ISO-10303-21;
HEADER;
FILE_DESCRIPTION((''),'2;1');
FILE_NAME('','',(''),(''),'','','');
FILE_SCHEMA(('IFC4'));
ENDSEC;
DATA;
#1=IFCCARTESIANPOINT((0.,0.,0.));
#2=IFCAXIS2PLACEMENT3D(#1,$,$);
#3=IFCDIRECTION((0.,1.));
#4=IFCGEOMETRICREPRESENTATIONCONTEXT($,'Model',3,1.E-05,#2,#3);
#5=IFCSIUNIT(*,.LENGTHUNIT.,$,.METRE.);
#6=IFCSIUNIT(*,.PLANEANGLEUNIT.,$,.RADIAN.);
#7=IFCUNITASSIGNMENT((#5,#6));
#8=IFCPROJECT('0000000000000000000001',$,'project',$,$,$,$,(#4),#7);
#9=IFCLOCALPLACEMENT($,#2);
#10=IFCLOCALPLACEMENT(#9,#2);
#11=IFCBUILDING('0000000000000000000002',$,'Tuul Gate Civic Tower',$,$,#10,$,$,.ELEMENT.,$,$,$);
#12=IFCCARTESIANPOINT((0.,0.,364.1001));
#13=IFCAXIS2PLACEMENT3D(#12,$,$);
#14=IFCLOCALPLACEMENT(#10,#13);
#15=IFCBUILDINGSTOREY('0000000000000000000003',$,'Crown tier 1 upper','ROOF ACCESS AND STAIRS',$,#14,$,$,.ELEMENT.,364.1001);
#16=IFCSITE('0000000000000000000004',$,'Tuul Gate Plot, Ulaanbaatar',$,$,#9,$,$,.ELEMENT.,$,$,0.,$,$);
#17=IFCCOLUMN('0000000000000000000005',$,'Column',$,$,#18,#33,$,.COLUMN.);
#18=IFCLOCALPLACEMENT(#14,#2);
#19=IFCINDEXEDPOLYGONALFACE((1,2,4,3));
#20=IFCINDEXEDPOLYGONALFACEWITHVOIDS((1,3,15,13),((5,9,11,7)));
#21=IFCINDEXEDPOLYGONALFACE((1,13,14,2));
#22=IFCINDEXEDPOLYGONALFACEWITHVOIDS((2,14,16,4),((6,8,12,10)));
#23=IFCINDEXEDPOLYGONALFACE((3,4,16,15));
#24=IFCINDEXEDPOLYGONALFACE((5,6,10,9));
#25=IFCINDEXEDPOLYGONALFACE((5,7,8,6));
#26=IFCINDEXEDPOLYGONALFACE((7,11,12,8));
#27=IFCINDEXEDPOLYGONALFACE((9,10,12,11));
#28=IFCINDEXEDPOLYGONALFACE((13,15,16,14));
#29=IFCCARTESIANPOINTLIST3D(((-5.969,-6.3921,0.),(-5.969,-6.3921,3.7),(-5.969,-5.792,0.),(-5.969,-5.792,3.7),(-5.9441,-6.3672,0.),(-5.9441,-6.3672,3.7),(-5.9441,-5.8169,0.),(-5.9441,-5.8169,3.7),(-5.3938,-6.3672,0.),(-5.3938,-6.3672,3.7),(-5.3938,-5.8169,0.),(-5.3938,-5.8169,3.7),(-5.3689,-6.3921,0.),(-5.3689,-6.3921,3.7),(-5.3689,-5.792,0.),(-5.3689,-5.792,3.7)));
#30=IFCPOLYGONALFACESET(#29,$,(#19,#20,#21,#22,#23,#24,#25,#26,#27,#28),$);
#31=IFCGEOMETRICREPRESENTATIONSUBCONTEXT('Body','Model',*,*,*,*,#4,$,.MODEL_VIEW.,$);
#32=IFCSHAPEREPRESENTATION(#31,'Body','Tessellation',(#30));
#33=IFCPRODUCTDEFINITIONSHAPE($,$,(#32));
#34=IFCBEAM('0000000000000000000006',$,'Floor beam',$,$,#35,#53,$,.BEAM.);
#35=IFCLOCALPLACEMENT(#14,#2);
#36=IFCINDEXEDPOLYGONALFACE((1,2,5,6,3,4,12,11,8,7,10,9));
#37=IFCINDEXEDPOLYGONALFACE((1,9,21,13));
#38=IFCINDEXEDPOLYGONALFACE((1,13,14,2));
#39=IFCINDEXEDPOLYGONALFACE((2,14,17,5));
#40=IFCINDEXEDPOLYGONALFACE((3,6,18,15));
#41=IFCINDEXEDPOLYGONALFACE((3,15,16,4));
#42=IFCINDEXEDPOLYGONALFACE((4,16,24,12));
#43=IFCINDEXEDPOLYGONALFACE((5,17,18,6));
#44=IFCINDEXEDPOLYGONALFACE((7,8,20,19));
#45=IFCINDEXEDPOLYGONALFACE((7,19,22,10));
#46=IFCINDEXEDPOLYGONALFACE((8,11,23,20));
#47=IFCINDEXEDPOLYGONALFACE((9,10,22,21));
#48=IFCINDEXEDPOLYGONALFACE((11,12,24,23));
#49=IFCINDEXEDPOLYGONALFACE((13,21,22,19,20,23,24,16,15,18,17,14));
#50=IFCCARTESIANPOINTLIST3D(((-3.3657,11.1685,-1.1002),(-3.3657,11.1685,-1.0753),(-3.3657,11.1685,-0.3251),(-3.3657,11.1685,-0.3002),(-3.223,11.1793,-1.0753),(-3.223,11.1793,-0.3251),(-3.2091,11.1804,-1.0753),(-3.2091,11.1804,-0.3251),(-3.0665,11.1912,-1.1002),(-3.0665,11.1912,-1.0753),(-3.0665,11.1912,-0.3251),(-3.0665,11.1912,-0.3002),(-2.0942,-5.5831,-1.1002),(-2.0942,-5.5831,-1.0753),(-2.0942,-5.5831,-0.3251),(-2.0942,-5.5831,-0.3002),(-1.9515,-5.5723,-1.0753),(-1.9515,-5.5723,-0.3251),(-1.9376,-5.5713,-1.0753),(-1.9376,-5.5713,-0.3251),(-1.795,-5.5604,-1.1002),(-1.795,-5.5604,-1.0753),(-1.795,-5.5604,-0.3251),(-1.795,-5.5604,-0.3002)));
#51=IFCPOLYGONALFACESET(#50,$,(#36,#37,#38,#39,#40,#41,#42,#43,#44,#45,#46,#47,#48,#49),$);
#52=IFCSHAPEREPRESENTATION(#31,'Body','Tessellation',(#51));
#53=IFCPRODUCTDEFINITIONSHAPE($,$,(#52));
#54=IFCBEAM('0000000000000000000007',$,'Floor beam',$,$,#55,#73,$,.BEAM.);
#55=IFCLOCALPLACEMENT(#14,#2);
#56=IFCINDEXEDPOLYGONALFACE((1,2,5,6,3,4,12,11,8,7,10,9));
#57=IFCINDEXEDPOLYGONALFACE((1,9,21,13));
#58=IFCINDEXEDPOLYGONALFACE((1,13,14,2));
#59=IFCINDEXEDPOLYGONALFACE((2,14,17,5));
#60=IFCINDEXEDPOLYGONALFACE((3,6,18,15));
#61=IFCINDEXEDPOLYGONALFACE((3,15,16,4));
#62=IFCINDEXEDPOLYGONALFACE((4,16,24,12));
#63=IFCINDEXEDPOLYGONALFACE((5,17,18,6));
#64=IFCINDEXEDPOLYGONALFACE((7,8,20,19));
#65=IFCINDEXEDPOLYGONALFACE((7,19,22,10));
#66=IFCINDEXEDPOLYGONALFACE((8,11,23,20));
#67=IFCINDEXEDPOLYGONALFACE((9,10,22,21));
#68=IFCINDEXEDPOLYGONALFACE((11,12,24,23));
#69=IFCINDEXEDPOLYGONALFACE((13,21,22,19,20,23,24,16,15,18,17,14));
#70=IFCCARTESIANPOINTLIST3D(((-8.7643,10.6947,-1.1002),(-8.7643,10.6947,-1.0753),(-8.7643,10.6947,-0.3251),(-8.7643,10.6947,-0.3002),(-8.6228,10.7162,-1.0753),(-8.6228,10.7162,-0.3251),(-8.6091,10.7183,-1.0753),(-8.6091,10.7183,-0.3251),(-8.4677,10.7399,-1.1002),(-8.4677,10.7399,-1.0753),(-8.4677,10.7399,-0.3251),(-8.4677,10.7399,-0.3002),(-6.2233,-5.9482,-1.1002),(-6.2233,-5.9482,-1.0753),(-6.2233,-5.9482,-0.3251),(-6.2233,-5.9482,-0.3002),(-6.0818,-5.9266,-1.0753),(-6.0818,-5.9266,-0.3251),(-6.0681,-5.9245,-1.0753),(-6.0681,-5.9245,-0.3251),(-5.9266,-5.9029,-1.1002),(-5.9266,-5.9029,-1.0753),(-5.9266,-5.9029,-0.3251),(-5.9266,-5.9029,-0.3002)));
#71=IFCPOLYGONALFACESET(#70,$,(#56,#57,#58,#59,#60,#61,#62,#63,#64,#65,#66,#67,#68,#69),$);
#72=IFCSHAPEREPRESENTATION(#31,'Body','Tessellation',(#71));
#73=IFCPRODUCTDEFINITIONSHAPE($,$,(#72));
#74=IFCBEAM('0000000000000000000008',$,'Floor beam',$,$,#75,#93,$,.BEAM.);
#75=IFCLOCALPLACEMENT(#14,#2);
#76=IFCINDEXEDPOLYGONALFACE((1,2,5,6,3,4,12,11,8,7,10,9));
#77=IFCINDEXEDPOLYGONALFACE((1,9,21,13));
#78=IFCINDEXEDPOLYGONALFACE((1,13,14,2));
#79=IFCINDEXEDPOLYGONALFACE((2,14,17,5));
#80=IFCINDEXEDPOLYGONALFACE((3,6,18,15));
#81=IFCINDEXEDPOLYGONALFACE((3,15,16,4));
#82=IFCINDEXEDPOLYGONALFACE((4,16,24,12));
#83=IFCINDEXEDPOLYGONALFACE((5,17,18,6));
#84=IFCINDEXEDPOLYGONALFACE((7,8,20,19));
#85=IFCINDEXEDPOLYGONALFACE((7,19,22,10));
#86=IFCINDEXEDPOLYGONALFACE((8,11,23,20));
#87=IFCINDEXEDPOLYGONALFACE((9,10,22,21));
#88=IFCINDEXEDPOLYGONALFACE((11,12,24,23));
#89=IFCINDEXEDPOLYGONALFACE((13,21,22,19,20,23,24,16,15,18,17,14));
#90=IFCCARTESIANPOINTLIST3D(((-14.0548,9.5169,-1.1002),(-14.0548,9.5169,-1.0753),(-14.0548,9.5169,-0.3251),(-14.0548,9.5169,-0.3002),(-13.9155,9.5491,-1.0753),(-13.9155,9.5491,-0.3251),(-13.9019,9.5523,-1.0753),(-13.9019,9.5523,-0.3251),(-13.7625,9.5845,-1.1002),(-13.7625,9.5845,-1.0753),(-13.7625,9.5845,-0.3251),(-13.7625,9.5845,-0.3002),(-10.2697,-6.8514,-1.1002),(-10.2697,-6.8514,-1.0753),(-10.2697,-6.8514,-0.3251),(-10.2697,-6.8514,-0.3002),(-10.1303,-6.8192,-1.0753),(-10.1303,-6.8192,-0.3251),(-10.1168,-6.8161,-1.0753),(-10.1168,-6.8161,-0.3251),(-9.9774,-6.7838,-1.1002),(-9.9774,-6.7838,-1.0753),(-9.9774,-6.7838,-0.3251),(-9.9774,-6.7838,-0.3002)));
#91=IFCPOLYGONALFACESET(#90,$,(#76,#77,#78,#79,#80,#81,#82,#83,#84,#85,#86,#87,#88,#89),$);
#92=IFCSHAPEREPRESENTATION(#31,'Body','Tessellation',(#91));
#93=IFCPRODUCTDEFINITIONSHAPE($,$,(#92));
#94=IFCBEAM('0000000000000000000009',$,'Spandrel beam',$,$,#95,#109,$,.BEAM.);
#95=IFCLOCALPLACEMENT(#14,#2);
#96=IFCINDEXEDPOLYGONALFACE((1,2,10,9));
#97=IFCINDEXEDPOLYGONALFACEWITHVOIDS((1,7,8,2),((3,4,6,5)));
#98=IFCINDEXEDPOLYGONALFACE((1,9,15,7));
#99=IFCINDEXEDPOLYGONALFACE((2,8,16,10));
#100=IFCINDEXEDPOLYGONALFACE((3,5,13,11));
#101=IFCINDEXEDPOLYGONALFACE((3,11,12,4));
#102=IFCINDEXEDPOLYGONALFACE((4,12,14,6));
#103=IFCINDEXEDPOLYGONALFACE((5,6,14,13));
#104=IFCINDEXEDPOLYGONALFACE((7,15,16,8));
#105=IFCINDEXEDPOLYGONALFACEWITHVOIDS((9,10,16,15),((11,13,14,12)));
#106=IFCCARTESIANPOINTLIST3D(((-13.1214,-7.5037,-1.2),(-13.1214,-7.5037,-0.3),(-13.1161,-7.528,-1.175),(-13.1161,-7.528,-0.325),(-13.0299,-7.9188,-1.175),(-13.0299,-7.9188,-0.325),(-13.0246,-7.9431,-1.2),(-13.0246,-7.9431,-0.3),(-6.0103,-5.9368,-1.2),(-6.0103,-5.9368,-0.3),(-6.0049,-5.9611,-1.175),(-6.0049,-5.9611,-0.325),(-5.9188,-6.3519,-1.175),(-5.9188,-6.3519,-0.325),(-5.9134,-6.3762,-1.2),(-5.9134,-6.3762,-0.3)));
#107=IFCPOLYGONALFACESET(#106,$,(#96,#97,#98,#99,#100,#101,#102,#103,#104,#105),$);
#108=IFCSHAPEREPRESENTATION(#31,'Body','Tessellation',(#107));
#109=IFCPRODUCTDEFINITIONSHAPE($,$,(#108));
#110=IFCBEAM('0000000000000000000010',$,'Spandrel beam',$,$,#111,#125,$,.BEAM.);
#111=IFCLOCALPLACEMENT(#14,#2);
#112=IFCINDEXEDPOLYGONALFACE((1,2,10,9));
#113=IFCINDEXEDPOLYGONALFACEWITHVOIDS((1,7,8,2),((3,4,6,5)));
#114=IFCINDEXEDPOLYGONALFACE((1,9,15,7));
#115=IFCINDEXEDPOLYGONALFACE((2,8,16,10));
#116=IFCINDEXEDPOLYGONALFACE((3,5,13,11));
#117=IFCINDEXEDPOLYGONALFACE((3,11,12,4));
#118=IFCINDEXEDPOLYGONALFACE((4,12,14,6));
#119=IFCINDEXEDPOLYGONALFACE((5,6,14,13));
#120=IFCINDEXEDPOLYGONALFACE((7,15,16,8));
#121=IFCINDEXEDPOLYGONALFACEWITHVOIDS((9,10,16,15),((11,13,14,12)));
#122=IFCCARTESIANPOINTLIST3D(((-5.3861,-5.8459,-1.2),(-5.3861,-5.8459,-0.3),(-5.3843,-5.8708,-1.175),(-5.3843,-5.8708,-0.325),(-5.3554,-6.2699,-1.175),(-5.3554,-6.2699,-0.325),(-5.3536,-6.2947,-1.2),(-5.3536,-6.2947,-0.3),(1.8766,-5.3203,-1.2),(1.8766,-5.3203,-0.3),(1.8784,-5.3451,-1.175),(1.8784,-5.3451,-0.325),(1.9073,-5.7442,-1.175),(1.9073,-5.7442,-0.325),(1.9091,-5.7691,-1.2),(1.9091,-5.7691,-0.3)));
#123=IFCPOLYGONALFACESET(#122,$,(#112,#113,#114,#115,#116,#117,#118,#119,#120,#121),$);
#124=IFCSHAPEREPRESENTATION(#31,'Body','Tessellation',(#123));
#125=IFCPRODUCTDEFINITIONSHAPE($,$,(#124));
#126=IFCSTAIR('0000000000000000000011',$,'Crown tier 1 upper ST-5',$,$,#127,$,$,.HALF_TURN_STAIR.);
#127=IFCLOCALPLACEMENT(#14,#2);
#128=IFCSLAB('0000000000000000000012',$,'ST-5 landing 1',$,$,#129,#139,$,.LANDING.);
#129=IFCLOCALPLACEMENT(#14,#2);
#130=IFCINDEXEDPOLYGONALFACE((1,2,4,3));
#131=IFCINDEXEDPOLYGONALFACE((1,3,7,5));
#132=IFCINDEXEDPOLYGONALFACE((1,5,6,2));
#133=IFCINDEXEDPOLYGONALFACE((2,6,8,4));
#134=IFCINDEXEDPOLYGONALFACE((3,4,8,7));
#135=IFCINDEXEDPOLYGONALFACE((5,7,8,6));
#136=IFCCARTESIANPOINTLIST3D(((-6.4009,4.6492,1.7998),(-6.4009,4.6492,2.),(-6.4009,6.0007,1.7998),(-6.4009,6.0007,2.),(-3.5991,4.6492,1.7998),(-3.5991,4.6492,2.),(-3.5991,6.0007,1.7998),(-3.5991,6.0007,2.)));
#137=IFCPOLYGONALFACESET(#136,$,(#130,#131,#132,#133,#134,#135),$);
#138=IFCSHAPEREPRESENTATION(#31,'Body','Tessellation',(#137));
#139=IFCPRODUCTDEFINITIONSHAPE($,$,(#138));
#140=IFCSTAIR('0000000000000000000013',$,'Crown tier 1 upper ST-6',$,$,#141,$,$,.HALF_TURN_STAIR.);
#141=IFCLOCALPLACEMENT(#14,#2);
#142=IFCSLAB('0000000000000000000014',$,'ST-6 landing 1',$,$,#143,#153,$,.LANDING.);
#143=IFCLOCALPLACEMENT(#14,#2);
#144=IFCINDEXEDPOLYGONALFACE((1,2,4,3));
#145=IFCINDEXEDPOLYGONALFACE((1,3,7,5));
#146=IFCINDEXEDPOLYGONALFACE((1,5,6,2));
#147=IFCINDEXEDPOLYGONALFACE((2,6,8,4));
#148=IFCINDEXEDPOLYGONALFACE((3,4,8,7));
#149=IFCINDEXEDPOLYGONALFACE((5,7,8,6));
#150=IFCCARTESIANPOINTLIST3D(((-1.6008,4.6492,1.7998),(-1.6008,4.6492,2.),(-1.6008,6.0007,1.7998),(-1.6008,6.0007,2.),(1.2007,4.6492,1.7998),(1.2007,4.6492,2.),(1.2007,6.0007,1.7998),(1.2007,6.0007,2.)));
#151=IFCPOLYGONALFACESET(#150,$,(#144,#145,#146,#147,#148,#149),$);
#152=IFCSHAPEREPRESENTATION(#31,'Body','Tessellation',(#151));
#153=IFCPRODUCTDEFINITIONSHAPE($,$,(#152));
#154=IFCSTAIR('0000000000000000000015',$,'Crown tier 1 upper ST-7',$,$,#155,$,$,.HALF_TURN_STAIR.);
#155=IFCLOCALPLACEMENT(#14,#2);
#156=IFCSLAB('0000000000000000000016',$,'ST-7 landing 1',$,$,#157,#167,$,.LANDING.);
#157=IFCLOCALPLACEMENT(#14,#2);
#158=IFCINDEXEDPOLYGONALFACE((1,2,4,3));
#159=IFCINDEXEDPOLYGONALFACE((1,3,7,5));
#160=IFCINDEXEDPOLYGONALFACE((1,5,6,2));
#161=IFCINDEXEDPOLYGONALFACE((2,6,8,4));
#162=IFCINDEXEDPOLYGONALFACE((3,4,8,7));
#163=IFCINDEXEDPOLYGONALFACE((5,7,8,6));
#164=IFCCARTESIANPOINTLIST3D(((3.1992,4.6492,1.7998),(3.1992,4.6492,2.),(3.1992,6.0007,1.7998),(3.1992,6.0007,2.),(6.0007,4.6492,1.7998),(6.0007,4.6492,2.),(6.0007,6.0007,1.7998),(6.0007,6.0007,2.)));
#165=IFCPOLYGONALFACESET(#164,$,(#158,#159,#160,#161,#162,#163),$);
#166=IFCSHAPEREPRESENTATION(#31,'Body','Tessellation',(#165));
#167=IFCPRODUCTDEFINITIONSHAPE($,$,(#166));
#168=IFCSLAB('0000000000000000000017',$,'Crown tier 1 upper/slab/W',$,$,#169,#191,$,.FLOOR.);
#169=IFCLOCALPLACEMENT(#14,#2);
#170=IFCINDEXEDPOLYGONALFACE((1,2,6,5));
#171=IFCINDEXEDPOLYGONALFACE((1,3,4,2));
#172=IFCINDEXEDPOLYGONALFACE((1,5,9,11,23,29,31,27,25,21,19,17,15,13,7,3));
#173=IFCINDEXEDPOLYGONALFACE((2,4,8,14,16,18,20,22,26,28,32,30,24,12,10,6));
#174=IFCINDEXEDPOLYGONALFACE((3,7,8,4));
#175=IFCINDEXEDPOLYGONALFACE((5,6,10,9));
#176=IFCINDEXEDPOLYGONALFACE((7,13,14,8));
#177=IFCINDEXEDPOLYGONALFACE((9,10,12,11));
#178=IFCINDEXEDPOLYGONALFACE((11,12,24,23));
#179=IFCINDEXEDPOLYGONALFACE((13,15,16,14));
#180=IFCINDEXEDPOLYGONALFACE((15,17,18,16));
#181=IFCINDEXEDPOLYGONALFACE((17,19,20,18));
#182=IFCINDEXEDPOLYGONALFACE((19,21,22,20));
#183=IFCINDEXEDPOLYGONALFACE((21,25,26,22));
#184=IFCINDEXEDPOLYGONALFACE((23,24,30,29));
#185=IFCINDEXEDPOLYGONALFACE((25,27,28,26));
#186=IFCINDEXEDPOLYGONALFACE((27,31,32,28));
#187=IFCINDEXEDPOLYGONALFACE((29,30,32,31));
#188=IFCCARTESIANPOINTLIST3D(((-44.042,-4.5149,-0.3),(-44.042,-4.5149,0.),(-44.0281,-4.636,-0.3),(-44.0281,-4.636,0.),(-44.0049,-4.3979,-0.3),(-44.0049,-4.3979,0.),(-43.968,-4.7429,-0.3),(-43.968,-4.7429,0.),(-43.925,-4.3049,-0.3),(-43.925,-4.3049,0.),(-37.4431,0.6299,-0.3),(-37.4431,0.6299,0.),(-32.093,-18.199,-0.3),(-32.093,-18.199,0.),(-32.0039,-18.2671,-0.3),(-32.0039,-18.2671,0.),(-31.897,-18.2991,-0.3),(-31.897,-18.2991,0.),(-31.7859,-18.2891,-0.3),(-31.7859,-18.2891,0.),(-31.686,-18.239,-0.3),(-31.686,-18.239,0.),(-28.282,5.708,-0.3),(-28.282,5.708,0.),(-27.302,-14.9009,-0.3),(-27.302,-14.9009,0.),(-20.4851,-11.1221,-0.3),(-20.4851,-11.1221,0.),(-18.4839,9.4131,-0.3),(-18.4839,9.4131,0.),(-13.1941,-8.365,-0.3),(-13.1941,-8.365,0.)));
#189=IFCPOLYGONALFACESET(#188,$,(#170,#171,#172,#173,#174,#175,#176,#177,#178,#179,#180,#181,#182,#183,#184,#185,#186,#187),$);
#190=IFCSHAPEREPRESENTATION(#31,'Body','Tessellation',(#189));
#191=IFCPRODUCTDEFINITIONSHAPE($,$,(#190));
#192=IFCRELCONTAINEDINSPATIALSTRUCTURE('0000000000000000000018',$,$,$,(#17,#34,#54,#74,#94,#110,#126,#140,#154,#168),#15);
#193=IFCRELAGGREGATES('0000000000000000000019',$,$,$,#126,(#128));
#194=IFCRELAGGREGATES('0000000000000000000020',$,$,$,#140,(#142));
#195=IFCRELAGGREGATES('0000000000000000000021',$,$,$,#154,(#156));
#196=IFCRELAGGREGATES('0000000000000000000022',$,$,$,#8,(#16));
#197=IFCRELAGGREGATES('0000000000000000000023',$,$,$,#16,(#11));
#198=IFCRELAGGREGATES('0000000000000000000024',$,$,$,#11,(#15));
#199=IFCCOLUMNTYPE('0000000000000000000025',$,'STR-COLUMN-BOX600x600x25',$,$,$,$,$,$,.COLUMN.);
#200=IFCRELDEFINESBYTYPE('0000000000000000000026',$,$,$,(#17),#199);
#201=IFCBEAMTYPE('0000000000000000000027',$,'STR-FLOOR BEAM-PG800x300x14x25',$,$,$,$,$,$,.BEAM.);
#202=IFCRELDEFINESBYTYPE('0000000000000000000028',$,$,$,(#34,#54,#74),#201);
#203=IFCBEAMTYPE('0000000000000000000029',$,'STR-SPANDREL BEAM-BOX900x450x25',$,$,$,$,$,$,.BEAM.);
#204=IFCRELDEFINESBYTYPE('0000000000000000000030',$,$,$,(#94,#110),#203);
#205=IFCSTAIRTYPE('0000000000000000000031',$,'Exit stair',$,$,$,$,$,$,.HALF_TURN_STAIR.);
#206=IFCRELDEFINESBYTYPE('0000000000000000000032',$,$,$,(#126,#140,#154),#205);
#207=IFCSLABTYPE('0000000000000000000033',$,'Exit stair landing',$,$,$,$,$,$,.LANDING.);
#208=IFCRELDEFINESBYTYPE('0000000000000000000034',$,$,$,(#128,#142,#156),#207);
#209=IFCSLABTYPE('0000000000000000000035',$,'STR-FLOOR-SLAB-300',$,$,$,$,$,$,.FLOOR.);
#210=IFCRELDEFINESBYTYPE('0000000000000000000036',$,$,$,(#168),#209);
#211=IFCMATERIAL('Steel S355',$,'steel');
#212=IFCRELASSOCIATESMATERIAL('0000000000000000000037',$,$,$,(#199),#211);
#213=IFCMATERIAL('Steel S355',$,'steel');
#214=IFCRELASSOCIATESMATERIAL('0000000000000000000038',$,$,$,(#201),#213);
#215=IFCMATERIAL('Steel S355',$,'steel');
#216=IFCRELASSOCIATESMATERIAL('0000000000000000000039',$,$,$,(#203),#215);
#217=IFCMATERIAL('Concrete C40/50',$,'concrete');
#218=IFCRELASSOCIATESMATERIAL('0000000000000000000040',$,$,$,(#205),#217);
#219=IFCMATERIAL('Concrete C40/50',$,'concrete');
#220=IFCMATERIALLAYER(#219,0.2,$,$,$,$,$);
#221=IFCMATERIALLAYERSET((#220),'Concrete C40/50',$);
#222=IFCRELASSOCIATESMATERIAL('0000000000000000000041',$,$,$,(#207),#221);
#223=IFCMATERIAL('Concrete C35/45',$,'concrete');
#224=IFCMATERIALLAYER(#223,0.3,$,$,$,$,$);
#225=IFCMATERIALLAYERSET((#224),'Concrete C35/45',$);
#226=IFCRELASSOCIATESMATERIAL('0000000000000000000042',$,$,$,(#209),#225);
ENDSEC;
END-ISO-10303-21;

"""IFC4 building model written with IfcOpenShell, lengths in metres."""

from ifc_helpers import new_model, si_unit, direction, frame, origin, origin_2d, place, context, subcontext, project, spatial, polyline, hollow_rectangle, i_section, outline, extrude, material, layer, layer_set, material_profile, profile_set, type_object, element, aggregate, save


model = new_model("IFC4")

# Units and contexts
model_context = context("Model", 3, precision=1e-05, world=origin(), true_north=direction((0.0, 1.0)))
body_context = subcontext(model_context, "Body", "Model", "MODEL_VIEW")
ifc_project = project(units=[si_unit("LENGTHUNIT", "METRE"), si_unit("PLANEANGLEUNIT", "RADIAN")], contexts=[model_context])

# Site, building, storey
site_placement = place(None, origin())
site = spatial("IfcSite", under=ifc_project, at=site_placement, Name="Tuul Gate Plot, Ulaanbaatar", CompositionType="ELEMENT", RefElevation=0.0)
building_placement = place(site_placement, origin())
building = spatial("IfcBuilding", under=site, at=building_placement, Name="Tuul Gate Civic Tower", CompositionType="ELEMENT")
storey_placement = place(building_placement, frame((0.0, 0.0, 364.1001)))
storey = spatial("IfcBuildingStorey", under=building, at=storey_placement, Name="Crown tier 1 upper", Description="ROOF ACCESS AND STAIRS", CompositionType="ELEMENT", Elevation=364.1001)

# Column
ifc_material_1 = material(Name="Steel S355", Category="steel")
ifc_material_profile_1 = material_profile(ifc_material_1, hollow_rectangle(XDim=0.6001, YDim=0.6001, WallThickness=0.0249, at=origin_2d()), Name="BOX600x600x25")
ifc_profile_set_1 = profile_set([ifc_material_profile_1], Name="Steel S355")
column_type = type_object("IfcColumnType", Name="STR-COLUMN-BOX600x600x25", PredefinedType="COLUMN", material=ifc_profile_set_1)
column_placement = place(storey_placement, frame((-5.6689, -6.092, 0.0), z_axis=(0.0, 0.0, 1.0), x_axis=(1.0, 0.0, 0.0)))
element("IfcColumn", 1, at=column_placement, inside=storey, type_object=column_type, Name="Column", PredefinedType="COLUMN", context=body_context, shape_type="SweptSolid", body=[
    extrude(hollow_rectangle(XDim=0.6001, YDim=0.6001, WallThickness=0.0249, at=origin_2d()), origin(), (0.0, 0.0, 1.0), 3.7),
])

# Beams
ifc_material_2 = material(Name="Steel S355", Category="steel")
ifc_material_profile_2 = material_profile(ifc_material_2, i_section(OverallWidth=0.3, OverallDepth=0.8, WebThickness=0.0139, FlangeThickness=0.0249, at=origin_2d()), Name="PG800x300x14x25")
ifc_profile_set_2 = profile_set([ifc_material_profile_2], Name="Steel S355")
beam_type_1 = type_object("IfcBeamType", Name="STR-FLOOR BEAM-PG800x300x14x25", PredefinedType="BEAM", material=ifc_profile_set_2)
beam_1_placement = place(storey_placement, frame((-1.9446, -5.5718, -0.7002), z_axis=(-0.075684, 0.997132, 0.0), x_axis=(-0.997132, -0.075684, 0.0)))
element("IfcBeam", 2, at=beam_1_placement, inside=storey, type_object=beam_type_1, Name="Floor beam", PredefinedType="BEAM", context=body_context, shape_type="SweptSolid", body=[
    extrude(i_section(OverallWidth=0.3, OverallDepth=0.8, WebThickness=0.0139, FlangeThickness=0.0249, at=origin_2d()), origin(), (0.0, 0.0, 1.0), 16.7998),
])
beam_2_placement = place(storey_placement, frame((-6.075, -5.9255, -0.7002), z_axis=(-0.15093, 0.988544, 0.0), x_axis=(-0.988544, -0.15093, 0.0)))
element("IfcBeam", 3, at=beam_2_placement, inside=storey, type_object=beam_type_1, Name="Floor beam", PredefinedType="BEAM", context=body_context, shape_type="SweptSolid", body=[
    extrude(i_section(OverallWidth=0.3, OverallDepth=0.8, WebThickness=0.0139, FlangeThickness=0.0249, at=origin_2d()), origin(), (0.0, 0.0, 1.0), 16.8357),
])
beam_3_placement = place(storey_placement, frame((-10.1235, -6.8176, -0.7002), z_axis=(-0.225302, 0.974289, 0.0), x_axis=(-0.974289, -0.225302, 0.0)))
element("IfcBeam", 4, at=beam_3_placement, inside=storey, type_object=beam_type_1, Name="Floor beam", PredefinedType="BEAM", context=body_context, shape_type="SweptSolid", body=[
    extrude(i_section(OverallWidth=0.3, OverallDepth=0.8, WebThickness=0.0139, FlangeThickness=0.0249, at=origin_2d()), origin(), (0.0, 0.0, 1.0), 16.8003),
])
ifc_material_3 = material(Name="Steel S355", Category="steel")
ifc_material_profile_3 = material_profile(ifc_material_3, hollow_rectangle(XDim=0.45, YDim=0.8999, WallThickness=0.0249, at=origin_2d()), Name="BOX900x450x25")
ifc_profile_set_3 = profile_set([ifc_material_profile_3], Name="Steel S355")
beam_type_2 = type_object("IfcBeamType", Name="STR-SPANDREL BEAM-BOX900x450x25", PredefinedType="BEAM", material=ifc_profile_set_3)
for number, where, z_axis, x_axis, name in (
    (5, (-13.073, -7.7234, -0.75), (0.976574, 0.215183, 0.0), (-0.215183, 0.976574, 0.0), "Spandrel beam"),
    (6, (-5.3699, -6.0703, -0.75), (0.997391, 0.072186, 0.0), (-0.072186, 0.997391, 0.0), "Spandrel beam"),
):
    element("IfcBeam", number, at=place(storey_placement, frame(where, z_axis=z_axis, x_axis=x_axis)), inside=storey, type_object=beam_type_2, Name=name, PredefinedType="BEAM", context=body_context, shape_type="SweptSolid", body=[
        extrude(hollow_rectangle(XDim=0.45, YDim=0.8999, WallThickness=0.0249, at=origin_2d()), origin(), (0.0, 0.0, 1.0), 7.2817),
    ])

# Stairs, slabs
ifc_material_4 = material(Name="Concrete C40/50", Category="concrete")
stair_type = type_object("IfcStairType", Name="Exit stair", PredefinedType="HALF_TURN_STAIR", material=ifc_material_4)
stair_1_placement = place(storey_placement, origin())
stair_1 = element("IfcStair", 7, at=stair_1_placement, inside=storey, type_object=stair_type, Name="Crown tier 1 upper ST-5", PredefinedType="HALF_TURN_STAIR")
ifc_material_5 = material(Name="Concrete C40/50", Category="concrete")
ifc_layer_1 = layer(ifc_material_5, 0.2)
ifc_layer_set_1 = layer_set([ifc_layer_1], Name="Concrete C40/50")
slab_type_1 = type_object("IfcSlabType", Name="Exit stair landing", PredefinedType="LANDING", material=ifc_layer_set_1)
slab_1_placement = place(storey_placement, frame((0.0, 0.0, 1.7998)))
slab_1 = element("IfcSlab", 8, at=slab_1_placement, type_object=slab_type_1, Name="ST-5 landing 1", PredefinedType="LANDING", context=body_context, shape_type="SweptSolid", body=[
    extrude(outline(polyline([(-3.5991, 4.6492), (-6.4009, 4.6492), (-6.4009, 6.0007), (-3.5991, 6.0007), (-3.5991, 4.6492)])), origin(), (0.0, 0.0, 1.0), 0.2002),
])
aggregate(stair_1, [slab_1])
stair_2_placement = place(storey_placement, origin())
stair_2 = element("IfcStair", 9, at=stair_2_placement, inside=storey, type_object=stair_type, Name="Crown tier 1 upper ST-6", PredefinedType="HALF_TURN_STAIR")
slab_2_placement = place(storey_placement, frame((0.0, 0.0, 1.7998)))
slab_2 = element("IfcSlab", 10, at=slab_2_placement, type_object=slab_type_1, Name="ST-6 landing 1", PredefinedType="LANDING", context=body_context, shape_type="SweptSolid", body=[
    extrude(outline(polyline([(1.2007, 4.6492), (-1.6008, 4.6492), (-1.6008, 6.0007), (1.2007, 6.0007), (1.2007, 4.6492)])), origin(), (0.0, 0.0, 1.0), 0.2002),
])
aggregate(stair_2, [slab_2])
stair_3_placement = place(storey_placement, origin())
stair_3 = element("IfcStair", 11, at=stair_3_placement, inside=storey, type_object=stair_type, Name="Crown tier 1 upper ST-7", PredefinedType="HALF_TURN_STAIR")
slab_3_placement = place(storey_placement, frame((0.0, 0.0, 1.7998)))
slab_3 = element("IfcSlab", 12, at=slab_3_placement, type_object=slab_type_1, Name="ST-7 landing 1", PredefinedType="LANDING", context=body_context, shape_type="SweptSolid", body=[
    extrude(outline(polyline([(6.0007, 4.6492), (3.1992, 4.6492), (3.1992, 6.0007), (6.0007, 6.0007), (6.0007, 4.6492)])), origin(), (0.0, 0.0, 1.0), 0.2002),
])
aggregate(stair_3, [slab_3])

# Slab
ifc_material_6 = material(Name="Concrete C35/45", Category="concrete")
ifc_layer_2 = layer(ifc_material_6, 0.3)
ifc_layer_set_2 = layer_set([ifc_layer_2], Name="Concrete C35/45")
slab_type_2 = type_object("IfcSlabType", Name="STR-FLOOR-SLAB-300", PredefinedType="FLOOR", material=ifc_layer_set_2)
slab_4_placement = place(storey_placement, frame((0.0, 0.0, -0.3)))
element("IfcSlab", 13, at=slab_4_placement, inside=storey, type_object=slab_type_2, Name="Crown tier 1 upper/slab/W", PredefinedType="FLOOR", context=body_context, shape_type="SweptSolid", body=[
    extrude(outline(polyline([(-20.4851, -11.1221), (-13.1941, -8.365), (-18.4839, 9.4131), (-28.282, 5.708), (-37.4431, 0.6299), (-43.925, -4.3049), (-44.0049, -4.3979), (-44.042, -4.5149), (-44.0281, -4.636), (-43.968, -4.7429), (-32.093, -18.199), (-32.0039, -18.2671), (-31.897, -18.2991), (-31.7859, -18.2891), (-31.686, -18.239), (-27.302, -14.9009), (-20.4851, -11.1221)])), origin(), (0.0, 0.0, 1.0), 0.3),
])

save(model, "model.ifc")
